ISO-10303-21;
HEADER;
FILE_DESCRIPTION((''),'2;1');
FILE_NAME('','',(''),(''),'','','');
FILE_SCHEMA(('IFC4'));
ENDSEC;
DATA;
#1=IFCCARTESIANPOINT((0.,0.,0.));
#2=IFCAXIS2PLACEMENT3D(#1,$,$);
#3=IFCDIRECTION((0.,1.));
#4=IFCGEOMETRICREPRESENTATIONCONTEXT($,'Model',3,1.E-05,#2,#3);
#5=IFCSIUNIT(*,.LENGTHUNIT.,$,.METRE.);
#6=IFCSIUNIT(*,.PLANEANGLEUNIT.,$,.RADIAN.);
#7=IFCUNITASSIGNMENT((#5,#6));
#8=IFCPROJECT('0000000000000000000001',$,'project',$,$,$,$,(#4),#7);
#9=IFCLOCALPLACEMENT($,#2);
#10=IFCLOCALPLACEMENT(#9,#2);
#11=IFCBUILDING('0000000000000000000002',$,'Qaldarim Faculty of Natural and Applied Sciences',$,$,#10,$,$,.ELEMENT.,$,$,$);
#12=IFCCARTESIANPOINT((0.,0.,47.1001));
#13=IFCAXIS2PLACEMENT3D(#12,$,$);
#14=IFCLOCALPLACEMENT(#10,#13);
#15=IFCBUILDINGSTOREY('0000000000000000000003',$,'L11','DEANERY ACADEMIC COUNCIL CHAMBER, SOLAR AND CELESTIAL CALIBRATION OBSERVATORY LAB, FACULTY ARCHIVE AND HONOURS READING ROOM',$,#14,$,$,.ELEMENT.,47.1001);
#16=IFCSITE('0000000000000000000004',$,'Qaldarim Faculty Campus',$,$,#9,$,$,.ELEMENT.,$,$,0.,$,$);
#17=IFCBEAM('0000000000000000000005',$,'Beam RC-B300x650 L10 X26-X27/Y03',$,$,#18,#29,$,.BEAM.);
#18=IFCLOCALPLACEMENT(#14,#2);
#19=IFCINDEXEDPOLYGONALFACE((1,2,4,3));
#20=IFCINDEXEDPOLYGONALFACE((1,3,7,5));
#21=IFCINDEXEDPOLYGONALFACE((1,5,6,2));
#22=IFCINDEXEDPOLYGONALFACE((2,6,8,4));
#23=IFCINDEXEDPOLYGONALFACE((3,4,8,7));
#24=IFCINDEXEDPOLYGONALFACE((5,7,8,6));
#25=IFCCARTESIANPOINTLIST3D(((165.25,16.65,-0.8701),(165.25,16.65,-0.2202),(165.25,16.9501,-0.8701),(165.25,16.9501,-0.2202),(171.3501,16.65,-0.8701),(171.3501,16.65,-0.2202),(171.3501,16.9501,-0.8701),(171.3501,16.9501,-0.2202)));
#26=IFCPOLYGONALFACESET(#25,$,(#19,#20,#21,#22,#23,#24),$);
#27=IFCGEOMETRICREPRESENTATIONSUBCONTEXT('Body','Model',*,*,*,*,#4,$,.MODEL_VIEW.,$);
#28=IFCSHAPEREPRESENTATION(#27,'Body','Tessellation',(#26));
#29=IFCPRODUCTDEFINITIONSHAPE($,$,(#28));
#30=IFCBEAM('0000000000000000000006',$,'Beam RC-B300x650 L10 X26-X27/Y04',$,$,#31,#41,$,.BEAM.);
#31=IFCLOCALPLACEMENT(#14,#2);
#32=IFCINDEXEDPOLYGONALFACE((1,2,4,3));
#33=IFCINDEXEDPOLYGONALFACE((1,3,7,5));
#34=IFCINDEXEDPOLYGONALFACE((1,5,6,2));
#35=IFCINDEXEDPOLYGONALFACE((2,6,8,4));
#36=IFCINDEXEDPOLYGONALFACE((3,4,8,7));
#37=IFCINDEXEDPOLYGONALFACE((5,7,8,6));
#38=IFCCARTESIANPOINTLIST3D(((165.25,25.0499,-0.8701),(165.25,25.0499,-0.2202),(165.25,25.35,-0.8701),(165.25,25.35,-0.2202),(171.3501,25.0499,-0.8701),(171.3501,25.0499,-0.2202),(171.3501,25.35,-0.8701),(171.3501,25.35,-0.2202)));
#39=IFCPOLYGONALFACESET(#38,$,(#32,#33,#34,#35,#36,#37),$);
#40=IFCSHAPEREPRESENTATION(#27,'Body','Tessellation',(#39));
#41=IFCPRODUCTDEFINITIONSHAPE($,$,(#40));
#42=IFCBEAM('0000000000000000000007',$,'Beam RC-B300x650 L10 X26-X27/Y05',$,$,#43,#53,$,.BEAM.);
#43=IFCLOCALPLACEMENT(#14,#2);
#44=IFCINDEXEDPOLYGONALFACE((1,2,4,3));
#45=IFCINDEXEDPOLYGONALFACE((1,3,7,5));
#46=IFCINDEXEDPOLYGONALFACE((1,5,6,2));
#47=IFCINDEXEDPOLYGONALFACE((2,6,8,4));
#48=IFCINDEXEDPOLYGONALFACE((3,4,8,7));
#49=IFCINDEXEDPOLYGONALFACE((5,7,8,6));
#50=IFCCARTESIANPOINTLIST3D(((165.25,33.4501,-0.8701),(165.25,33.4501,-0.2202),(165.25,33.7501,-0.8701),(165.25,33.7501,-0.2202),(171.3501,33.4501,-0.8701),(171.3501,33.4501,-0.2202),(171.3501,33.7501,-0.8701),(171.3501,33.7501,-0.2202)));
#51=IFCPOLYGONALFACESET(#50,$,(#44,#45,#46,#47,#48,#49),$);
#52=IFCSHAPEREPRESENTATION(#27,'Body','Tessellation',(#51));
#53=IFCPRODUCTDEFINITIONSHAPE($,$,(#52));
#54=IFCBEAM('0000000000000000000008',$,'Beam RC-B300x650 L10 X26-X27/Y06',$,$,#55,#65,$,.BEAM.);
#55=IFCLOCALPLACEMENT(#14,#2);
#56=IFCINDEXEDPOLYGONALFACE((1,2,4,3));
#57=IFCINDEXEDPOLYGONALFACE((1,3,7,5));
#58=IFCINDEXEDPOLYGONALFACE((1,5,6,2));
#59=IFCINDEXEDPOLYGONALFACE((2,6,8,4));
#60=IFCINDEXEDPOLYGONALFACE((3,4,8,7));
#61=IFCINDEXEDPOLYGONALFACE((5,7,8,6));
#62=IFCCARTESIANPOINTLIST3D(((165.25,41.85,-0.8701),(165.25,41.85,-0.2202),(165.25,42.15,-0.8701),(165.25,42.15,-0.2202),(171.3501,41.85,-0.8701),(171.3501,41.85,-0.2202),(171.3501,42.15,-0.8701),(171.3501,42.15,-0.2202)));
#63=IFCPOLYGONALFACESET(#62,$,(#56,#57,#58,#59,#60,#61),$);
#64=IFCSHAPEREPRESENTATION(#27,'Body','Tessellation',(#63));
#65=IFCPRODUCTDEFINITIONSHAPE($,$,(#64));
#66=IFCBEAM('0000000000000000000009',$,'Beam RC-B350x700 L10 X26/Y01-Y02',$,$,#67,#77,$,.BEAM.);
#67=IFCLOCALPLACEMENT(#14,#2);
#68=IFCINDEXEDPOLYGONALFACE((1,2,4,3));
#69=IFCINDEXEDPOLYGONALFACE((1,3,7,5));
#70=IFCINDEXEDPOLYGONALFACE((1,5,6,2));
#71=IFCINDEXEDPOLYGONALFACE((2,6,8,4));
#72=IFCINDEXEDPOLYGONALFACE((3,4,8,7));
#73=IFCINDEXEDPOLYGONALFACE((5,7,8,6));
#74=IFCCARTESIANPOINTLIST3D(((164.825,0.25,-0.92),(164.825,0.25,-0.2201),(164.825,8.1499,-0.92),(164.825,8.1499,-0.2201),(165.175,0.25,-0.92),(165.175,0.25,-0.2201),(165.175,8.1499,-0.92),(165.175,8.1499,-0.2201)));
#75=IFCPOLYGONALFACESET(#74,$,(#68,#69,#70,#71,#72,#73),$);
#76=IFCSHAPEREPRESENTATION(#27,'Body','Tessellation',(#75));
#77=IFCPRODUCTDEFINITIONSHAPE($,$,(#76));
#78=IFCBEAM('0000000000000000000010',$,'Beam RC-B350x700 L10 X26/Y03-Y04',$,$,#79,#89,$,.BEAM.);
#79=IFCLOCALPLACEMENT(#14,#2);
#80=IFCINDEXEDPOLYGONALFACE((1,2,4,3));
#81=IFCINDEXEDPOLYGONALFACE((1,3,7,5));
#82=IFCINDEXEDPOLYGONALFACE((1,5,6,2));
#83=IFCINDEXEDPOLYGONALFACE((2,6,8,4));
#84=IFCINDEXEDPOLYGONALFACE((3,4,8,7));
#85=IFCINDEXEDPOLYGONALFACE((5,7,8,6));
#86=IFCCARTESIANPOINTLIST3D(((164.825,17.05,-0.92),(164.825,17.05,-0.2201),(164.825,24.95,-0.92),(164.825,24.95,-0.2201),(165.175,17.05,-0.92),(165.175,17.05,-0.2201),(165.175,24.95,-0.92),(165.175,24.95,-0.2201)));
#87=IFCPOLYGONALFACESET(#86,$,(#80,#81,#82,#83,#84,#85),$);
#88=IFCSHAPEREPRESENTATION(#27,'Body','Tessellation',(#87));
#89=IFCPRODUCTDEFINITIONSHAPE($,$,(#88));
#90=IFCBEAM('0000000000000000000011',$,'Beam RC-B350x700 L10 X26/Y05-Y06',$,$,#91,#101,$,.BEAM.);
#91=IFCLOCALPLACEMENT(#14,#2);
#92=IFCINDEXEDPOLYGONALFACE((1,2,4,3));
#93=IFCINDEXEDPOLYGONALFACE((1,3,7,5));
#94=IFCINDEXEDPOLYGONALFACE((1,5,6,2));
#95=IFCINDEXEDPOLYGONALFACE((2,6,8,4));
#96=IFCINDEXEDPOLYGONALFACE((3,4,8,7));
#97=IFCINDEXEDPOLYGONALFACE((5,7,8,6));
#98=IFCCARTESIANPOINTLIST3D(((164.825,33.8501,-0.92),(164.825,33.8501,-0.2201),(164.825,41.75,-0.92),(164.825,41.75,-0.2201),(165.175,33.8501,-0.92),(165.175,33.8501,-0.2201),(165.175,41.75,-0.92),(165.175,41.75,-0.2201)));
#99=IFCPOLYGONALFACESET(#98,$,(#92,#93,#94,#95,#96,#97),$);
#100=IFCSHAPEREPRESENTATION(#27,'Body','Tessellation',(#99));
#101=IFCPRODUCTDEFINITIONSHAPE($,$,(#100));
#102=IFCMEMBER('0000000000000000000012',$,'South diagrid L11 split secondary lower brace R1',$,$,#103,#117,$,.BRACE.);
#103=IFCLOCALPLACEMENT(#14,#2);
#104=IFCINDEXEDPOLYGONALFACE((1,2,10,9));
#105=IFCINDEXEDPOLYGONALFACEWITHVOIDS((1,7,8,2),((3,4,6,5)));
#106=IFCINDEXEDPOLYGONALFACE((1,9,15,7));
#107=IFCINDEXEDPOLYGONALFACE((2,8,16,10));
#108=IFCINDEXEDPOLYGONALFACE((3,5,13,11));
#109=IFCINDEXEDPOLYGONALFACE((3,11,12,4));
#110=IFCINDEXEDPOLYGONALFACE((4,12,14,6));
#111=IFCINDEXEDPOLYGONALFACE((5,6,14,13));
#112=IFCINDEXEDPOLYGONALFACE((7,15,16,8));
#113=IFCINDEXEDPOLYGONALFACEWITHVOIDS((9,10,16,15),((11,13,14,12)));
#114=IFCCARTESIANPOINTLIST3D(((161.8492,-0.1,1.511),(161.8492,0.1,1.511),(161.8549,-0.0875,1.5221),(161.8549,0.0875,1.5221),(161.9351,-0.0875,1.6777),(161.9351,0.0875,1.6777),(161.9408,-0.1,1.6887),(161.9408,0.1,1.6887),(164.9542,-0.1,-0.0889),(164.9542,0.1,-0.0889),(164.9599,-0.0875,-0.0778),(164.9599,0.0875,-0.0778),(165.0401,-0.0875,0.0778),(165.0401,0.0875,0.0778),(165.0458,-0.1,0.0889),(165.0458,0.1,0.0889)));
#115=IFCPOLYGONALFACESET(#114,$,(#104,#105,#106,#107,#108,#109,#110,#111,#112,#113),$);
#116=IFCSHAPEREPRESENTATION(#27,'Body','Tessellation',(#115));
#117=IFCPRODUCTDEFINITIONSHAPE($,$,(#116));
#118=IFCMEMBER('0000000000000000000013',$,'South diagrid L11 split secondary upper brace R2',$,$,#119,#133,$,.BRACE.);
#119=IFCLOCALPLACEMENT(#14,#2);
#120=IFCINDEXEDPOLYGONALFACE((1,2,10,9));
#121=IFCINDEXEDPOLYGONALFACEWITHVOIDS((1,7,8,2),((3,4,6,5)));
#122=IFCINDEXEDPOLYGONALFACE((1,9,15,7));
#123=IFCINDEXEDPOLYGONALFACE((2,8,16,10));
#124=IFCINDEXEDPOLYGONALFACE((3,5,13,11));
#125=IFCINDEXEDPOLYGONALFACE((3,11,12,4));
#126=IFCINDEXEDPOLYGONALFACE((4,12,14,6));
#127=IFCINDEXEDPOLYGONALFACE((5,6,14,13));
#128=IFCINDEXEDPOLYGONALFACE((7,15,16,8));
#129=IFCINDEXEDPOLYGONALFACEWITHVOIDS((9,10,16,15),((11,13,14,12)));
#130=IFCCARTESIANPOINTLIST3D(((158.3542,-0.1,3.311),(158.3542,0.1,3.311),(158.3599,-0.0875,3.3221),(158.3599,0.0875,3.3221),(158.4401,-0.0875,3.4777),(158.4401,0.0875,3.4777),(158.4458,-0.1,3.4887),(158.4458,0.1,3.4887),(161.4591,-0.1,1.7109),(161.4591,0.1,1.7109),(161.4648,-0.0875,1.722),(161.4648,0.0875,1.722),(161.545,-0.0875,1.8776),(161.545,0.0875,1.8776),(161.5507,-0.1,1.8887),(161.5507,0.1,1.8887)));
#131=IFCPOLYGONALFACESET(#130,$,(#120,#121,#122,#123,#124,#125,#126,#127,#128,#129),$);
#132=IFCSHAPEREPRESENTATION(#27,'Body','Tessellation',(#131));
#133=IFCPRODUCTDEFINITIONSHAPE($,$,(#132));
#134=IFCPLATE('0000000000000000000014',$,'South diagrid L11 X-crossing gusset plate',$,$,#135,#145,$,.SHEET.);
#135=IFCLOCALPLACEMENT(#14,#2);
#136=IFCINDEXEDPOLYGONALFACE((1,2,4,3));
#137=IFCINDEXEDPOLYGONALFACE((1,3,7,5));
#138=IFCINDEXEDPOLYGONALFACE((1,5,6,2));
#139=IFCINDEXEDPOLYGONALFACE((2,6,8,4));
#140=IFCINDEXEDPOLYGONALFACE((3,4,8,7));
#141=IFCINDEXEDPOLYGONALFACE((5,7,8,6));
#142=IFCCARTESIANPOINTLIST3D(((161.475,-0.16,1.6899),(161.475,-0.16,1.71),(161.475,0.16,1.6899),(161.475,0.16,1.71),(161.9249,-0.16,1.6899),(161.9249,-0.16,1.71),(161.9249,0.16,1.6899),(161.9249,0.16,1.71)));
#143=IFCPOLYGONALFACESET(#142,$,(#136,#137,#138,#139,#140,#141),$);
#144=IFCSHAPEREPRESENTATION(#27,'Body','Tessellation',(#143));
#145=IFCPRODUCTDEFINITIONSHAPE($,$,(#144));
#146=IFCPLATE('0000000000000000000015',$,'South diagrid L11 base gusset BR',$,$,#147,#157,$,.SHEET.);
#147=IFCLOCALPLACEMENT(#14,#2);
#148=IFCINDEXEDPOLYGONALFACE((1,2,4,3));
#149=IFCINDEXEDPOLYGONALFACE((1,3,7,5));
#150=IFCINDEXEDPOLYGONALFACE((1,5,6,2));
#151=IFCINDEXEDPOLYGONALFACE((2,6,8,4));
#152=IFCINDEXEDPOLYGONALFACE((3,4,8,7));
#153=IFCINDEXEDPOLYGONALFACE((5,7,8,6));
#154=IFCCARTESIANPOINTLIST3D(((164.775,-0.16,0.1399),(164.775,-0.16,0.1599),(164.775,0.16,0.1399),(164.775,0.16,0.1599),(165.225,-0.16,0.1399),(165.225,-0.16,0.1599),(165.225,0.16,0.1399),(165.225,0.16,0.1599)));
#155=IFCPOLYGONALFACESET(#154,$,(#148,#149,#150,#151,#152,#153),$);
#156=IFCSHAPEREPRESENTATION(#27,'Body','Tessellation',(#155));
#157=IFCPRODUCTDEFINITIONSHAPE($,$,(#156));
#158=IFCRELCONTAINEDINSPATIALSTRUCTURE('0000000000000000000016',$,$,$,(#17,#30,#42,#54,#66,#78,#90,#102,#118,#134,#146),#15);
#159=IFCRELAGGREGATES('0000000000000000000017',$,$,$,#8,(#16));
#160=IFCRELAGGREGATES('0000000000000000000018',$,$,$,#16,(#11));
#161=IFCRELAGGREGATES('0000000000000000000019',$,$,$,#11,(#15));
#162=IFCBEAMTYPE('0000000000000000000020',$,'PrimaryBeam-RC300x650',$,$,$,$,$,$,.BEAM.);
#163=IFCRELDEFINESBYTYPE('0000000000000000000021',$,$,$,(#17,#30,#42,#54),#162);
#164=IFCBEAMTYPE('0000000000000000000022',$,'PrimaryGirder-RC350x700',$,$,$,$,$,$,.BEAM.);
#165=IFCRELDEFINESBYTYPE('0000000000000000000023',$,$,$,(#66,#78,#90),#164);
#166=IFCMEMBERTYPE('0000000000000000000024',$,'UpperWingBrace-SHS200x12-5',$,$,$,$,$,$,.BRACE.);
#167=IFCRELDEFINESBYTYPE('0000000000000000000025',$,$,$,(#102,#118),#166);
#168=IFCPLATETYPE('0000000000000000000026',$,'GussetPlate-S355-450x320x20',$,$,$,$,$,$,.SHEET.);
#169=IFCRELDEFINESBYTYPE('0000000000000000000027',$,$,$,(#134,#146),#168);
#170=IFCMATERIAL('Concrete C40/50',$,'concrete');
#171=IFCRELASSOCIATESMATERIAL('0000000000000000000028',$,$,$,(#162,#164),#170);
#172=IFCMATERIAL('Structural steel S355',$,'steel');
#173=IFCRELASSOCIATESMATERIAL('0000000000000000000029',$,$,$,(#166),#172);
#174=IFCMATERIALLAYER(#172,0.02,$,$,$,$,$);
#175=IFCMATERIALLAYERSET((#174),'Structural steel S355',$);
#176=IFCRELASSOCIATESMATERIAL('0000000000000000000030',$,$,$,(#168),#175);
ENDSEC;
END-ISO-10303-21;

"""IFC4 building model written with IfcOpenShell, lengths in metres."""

from ifc_helpers import new_model, si_unit, direction, frame, origin, origin_2d, place, context, subcontext, project, spatial, rectangle, hollow_rectangle, extrude, material, layer, layer_set, material_profile, profile_set, type_object, element, save


model = new_model("IFC4")

# Units and contexts
model_context = context("Model", 3, precision=1e-05, world=origin(), true_north=direction((0.0, 1.0)))
body_context = subcontext(model_context, "Body", "Model", "MODEL_VIEW")
ifc_project = project(units=[si_unit("LENGTHUNIT", "METRE"), si_unit("PLANEANGLEUNIT", "RADIAN")], contexts=[model_context])

# Site, building, storey
site_placement = place(None, origin())
site = spatial("IfcSite", under=ifc_project, at=site_placement, Name="Qaldarim Faculty Campus", CompositionType="ELEMENT", RefElevation=0.0)
building_placement = place(site_placement, origin())
building = spatial("IfcBuilding", under=site, at=building_placement, Name="Qaldarim Faculty of Natural and Applied Sciences", CompositionType="ELEMENT")
storey_placement = place(building_placement, frame((0.0, 0.0, 47.1001)))
storey = spatial("IfcBuildingStorey", under=building, at=storey_placement, Name="L11", Description="DEANERY ACADEMIC COUNCIL CHAMBER, SOLAR AND CELESTIAL CALIBRATION OBSERVATORY LAB, FACULTY ARCHIVE AND HONOURS READING ROOM", CompositionType="ELEMENT", Elevation=47.1001)

# Shared definitions
ifc_material_1 = material(Name="Concrete C40/50", Category="concrete")

# Beams
ifc_material_profile_1 = material_profile(ifc_material_1, rectangle(XDim=0.3, YDim=0.6499, at=origin_2d()), Name="RC-B300x650")
ifc_profile_set_1 = profile_set([ifc_material_profile_1], Name="Concrete C40/50")
beam_type_1 = type_object("IfcBeamType", Name="PrimaryBeam-RC300x650", PredefinedType="BEAM", material=ifc_profile_set_1)
for number, where, z_axis, x_axis, name in (
    (1, (165.25, 16.8, -0.5452), (1.0, 0.0, 0.0), (0.0, 1.0, 0.0), "Beam RC-B300x650 L10 X26-X27/Y03"),
    (2, (165.25, 25.2, -0.5452), (1.0, 0.0, 0.0), (0.0, 1.0, 0.0), "Beam RC-B300x650 L10 X26-X27/Y04"),
    (3, (165.25, 33.6001, -0.5452), (1.0, 0.0, 0.0), (0.0, 1.0, 0.0), "Beam RC-B300x650 L10 X26-X27/Y05"),
    (4, (165.25, 42.0, -0.5452), (1.0, 0.0, 0.0), (0.0, 1.0, 0.0), "Beam RC-B300x650 L10 X26-X27/Y06"),
):
    element("IfcBeam", number, at=place(storey_placement, frame(where, z_axis=z_axis, x_axis=x_axis)), inside=storey, type_object=beam_type_1, Name=name, PredefinedType="BEAM", context=body_context, shape_type="SweptSolid", body=[
        extrude(rectangle(XDim=0.3, YDim=0.6499, at=origin_2d()), origin(), (0.0, 0.0, 1.0), 6.1001),
    ])
ifc_material_profile_2 = material_profile(ifc_material_1, rectangle(XDim=0.3501, YDim=0.7, at=origin_2d()), Name="RC-B350x700")
ifc_profile_set_2 = profile_set([ifc_material_profile_2], Name="Concrete C40/50")
beam_type_2 = type_object("IfcBeamType", Name="PrimaryGirder-RC350x700", PredefinedType="BEAM", material=ifc_profile_set_2)
for number, where, z_axis, x_axis, name in (
    (5, (165.0, 0.25, -0.5701), (0.0, 1.0, 0.0), (-1.0, 0.0, 0.0), "Beam RC-B350x700 L10 X26/Y01-Y02"),
    (6, (165.0, 17.05, -0.5701), (0.0, 1.0, 0.0), (-1.0, 0.0, 0.0), "Beam RC-B350x700 L10 X26/Y03-Y04"),
    (7, (165.0, 33.8501, -0.5701), (0.0, 1.0, 0.0), (-1.0, 0.0, 0.0), "Beam RC-B350x700 L10 X26/Y05-Y06"),
):
    element("IfcBeam", number, at=place(storey_placement, frame(where, z_axis=z_axis, x_axis=x_axis)), inside=storey, type_object=beam_type_2, Name=name, PredefinedType="BEAM", context=body_context, shape_type="SweptSolid", body=[
        extrude(rectangle(XDim=0.3501, YDim=0.7, at=origin_2d()), origin(), (0.0, 0.0, 1.0), 7.8999),
    ])

# Members
ifc_material_2 = material(Name="Structural steel S355", Category="steel")
ifc_material_profile_3 = material_profile(ifc_material_2, hollow_rectangle(XDim=0.2, YDim=0.2, WallThickness=0.0125, at=origin_2d()), Name="SHS 200x200x12.5")
ifc_profile_set_3 = profile_set([ifc_material_profile_3], Name="Structural steel S355")
member_type_1 = type_object("IfcMemberType", Name="UpperWingBrace-SHS200x12-5", PredefinedType="BRACE", material=ifc_profile_set_3)
for number, where, z_axis, x_axis, name in (
    (8, (165.0, 0.0, 0.0), (-0.888937, 0.0, 0.458029), (0.0, -1.0, 0.0), "South diagrid L11 split secondary lower brace R1"),
    (9, (161.5049, 0.0, 1.7998), (-0.888909, 0.0, 0.458084), (0.0, -1.0, 0.0), "South diagrid L11 split secondary upper brace R2"),
):
    element("IfcMember", number, at=place(storey_placement, frame(where, z_axis=z_axis, x_axis=x_axis)), inside=storey, type_object=member_type_1, Name=name, PredefinedType="BRACE", context=body_context, shape_type="SweptSolid", body=[
        extrude(hollow_rectangle(XDim=0.2, YDim=0.2, WallThickness=0.0125, at=origin_2d()), origin(), (0.0, 0.0, 1.0), 3.4929),
    ])

# Plates
ifc_layer_1 = layer(ifc_material_2, 0.02)
ifc_layer_set_1 = layer_set([ifc_layer_1], Name="Structural steel S355")
plate_type = type_object("IfcPlateType", Name="GussetPlate-S355-450x320x20", PredefinedType="SHEET", material=ifc_layer_set_1)
for number, where, z_axis, x_axis, name in (
    (10, (161.7, 0.0, 1.6899), (0.0, 0.0, 1.0), (1.0, 0.0, 0.0), "South diagrid L11 X-crossing gusset plate"),
    (11, (165.0, 0.0, 0.1399), (0.0, 0.0, 1.0), (1.0, 0.0, 0.0), "South diagrid L11 base gusset BR"),
):
    element("IfcPlate", number, at=place(storey_placement, frame(where, z_axis=z_axis, x_axis=x_axis)), inside=storey, type_object=plate_type, Name=name, PredefinedType="SHEET", context=body_context, shape_type="SweptSolid", body=[
        extrude(rectangle(XDim=0.45, YDim=0.3201, at=origin_2d()), origin(), (0.0, 0.0, 1.0), 0.02),
    ])

save(model, "model.ifc")
